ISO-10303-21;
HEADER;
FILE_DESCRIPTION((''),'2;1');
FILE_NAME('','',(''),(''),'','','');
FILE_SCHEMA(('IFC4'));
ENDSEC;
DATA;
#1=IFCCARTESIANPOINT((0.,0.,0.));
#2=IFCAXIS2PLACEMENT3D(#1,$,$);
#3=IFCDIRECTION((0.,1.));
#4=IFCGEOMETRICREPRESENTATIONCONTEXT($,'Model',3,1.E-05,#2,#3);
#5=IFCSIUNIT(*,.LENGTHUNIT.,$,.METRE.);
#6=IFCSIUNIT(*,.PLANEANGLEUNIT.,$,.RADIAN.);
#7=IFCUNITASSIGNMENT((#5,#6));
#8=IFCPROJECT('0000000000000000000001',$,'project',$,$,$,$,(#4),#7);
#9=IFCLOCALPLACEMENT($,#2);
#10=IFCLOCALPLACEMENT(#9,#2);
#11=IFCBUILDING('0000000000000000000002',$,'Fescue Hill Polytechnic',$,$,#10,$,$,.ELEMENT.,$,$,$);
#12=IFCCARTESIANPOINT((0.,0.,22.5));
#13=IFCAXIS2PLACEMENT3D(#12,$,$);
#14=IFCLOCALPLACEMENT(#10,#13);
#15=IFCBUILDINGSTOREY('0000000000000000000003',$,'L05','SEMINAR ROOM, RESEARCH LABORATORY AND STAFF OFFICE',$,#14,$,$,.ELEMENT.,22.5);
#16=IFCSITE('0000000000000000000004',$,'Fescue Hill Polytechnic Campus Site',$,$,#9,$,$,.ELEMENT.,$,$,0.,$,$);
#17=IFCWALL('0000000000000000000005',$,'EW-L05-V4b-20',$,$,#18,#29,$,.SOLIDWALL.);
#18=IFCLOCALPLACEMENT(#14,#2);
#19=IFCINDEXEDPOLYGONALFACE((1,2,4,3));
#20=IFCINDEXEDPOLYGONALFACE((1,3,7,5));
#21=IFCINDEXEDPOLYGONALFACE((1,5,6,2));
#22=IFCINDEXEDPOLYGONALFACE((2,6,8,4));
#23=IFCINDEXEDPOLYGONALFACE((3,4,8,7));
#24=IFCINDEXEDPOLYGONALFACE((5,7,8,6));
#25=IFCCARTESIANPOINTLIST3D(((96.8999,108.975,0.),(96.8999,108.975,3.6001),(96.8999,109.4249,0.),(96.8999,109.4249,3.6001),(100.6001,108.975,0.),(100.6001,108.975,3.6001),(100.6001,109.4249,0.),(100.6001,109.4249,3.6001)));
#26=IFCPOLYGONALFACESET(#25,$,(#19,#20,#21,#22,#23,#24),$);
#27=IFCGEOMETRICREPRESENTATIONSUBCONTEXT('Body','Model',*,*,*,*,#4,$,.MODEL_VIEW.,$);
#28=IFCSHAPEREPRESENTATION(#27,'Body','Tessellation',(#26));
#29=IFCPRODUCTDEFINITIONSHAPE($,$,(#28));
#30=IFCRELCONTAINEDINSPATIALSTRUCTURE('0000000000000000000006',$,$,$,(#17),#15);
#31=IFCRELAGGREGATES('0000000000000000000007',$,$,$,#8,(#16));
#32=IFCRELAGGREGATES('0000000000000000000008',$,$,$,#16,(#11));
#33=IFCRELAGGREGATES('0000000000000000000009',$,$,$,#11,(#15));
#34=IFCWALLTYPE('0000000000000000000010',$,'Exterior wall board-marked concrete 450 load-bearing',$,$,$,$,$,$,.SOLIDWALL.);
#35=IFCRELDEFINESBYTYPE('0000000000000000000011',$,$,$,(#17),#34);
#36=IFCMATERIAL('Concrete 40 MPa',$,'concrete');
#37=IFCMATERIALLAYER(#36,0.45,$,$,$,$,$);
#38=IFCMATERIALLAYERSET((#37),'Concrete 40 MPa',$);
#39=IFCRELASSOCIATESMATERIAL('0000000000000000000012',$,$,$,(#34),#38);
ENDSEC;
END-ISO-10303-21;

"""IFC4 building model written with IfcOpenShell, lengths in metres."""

from ifc_helpers import new_model, si_unit, direction, frame, frame_2d, origin, place, context, subcontext, project, spatial, rectangle, extrude, material, layer, layer_set, type_object, element, save


model = new_model("IFC4")

# Units and contexts
model_context = context("Model", 3, precision=1e-05, world=origin(), true_north=direction((0.0, 1.0)))
body_context = subcontext(model_context, "Body", "Model", "MODEL_VIEW")
ifc_project = project(units=[si_unit("LENGTHUNIT", "METRE"), si_unit("PLANEANGLEUNIT", "RADIAN")], contexts=[model_context])

# Site, building, storey
site_placement = place(None, origin())
site = spatial("IfcSite", under=ifc_project, at=site_placement, Name="Fescue Hill Polytechnic Campus Site", CompositionType="ELEMENT", RefElevation=0.0)
building_placement = place(site_placement, origin())
building = spatial("IfcBuilding", under=site, at=building_placement, Name="Fescue Hill Polytechnic", CompositionType="ELEMENT")
storey_placement = place(building_placement, frame((0.0, 0.0, 22.5)))
storey = spatial("IfcBuildingStorey", under=building, at=storey_placement, Name="L05", Description="SEMINAR ROOM, RESEARCH LABORATORY AND STAFF OFFICE", CompositionType="ELEMENT", Elevation=22.5)

# Shared definitions
ifc_material_1 = material(Name="Concrete 40 MPa", Category="concrete")

# Wall
ifc_layer_1 = layer(ifc_material_1, 0.45)
ifc_layer_set_1 = layer_set([ifc_layer_1], Name="Concrete 40 MPa")
wall_type_1 = type_object("IfcWallType", Name="Exterior wall board-marked concrete 450 load-bearing", PredefinedType="SOLIDWALL", material=ifc_layer_set_1)
wall_1_placement = place(storey_placement, frame((96.8999, 109.2, 0.0), z_axis=(0.0, 0.0, 1.0), x_axis=(1.0, 0.0, 0.0)))
element("IfcWall", 1, at=wall_1_placement, inside=storey, type_object=wall_type_1, Name="EW-L05-V4b-20", PredefinedType="SOLIDWALL", context=body_context, shape_type="SweptSolid", body=[
    extrude(rectangle(XDim=3.7002, YDim=0.45, at=frame_2d((1.8501, 0.0))), origin(), (0.0, 0.0, 1.0), 3.6001),
])

save(model, "model.ifc")
